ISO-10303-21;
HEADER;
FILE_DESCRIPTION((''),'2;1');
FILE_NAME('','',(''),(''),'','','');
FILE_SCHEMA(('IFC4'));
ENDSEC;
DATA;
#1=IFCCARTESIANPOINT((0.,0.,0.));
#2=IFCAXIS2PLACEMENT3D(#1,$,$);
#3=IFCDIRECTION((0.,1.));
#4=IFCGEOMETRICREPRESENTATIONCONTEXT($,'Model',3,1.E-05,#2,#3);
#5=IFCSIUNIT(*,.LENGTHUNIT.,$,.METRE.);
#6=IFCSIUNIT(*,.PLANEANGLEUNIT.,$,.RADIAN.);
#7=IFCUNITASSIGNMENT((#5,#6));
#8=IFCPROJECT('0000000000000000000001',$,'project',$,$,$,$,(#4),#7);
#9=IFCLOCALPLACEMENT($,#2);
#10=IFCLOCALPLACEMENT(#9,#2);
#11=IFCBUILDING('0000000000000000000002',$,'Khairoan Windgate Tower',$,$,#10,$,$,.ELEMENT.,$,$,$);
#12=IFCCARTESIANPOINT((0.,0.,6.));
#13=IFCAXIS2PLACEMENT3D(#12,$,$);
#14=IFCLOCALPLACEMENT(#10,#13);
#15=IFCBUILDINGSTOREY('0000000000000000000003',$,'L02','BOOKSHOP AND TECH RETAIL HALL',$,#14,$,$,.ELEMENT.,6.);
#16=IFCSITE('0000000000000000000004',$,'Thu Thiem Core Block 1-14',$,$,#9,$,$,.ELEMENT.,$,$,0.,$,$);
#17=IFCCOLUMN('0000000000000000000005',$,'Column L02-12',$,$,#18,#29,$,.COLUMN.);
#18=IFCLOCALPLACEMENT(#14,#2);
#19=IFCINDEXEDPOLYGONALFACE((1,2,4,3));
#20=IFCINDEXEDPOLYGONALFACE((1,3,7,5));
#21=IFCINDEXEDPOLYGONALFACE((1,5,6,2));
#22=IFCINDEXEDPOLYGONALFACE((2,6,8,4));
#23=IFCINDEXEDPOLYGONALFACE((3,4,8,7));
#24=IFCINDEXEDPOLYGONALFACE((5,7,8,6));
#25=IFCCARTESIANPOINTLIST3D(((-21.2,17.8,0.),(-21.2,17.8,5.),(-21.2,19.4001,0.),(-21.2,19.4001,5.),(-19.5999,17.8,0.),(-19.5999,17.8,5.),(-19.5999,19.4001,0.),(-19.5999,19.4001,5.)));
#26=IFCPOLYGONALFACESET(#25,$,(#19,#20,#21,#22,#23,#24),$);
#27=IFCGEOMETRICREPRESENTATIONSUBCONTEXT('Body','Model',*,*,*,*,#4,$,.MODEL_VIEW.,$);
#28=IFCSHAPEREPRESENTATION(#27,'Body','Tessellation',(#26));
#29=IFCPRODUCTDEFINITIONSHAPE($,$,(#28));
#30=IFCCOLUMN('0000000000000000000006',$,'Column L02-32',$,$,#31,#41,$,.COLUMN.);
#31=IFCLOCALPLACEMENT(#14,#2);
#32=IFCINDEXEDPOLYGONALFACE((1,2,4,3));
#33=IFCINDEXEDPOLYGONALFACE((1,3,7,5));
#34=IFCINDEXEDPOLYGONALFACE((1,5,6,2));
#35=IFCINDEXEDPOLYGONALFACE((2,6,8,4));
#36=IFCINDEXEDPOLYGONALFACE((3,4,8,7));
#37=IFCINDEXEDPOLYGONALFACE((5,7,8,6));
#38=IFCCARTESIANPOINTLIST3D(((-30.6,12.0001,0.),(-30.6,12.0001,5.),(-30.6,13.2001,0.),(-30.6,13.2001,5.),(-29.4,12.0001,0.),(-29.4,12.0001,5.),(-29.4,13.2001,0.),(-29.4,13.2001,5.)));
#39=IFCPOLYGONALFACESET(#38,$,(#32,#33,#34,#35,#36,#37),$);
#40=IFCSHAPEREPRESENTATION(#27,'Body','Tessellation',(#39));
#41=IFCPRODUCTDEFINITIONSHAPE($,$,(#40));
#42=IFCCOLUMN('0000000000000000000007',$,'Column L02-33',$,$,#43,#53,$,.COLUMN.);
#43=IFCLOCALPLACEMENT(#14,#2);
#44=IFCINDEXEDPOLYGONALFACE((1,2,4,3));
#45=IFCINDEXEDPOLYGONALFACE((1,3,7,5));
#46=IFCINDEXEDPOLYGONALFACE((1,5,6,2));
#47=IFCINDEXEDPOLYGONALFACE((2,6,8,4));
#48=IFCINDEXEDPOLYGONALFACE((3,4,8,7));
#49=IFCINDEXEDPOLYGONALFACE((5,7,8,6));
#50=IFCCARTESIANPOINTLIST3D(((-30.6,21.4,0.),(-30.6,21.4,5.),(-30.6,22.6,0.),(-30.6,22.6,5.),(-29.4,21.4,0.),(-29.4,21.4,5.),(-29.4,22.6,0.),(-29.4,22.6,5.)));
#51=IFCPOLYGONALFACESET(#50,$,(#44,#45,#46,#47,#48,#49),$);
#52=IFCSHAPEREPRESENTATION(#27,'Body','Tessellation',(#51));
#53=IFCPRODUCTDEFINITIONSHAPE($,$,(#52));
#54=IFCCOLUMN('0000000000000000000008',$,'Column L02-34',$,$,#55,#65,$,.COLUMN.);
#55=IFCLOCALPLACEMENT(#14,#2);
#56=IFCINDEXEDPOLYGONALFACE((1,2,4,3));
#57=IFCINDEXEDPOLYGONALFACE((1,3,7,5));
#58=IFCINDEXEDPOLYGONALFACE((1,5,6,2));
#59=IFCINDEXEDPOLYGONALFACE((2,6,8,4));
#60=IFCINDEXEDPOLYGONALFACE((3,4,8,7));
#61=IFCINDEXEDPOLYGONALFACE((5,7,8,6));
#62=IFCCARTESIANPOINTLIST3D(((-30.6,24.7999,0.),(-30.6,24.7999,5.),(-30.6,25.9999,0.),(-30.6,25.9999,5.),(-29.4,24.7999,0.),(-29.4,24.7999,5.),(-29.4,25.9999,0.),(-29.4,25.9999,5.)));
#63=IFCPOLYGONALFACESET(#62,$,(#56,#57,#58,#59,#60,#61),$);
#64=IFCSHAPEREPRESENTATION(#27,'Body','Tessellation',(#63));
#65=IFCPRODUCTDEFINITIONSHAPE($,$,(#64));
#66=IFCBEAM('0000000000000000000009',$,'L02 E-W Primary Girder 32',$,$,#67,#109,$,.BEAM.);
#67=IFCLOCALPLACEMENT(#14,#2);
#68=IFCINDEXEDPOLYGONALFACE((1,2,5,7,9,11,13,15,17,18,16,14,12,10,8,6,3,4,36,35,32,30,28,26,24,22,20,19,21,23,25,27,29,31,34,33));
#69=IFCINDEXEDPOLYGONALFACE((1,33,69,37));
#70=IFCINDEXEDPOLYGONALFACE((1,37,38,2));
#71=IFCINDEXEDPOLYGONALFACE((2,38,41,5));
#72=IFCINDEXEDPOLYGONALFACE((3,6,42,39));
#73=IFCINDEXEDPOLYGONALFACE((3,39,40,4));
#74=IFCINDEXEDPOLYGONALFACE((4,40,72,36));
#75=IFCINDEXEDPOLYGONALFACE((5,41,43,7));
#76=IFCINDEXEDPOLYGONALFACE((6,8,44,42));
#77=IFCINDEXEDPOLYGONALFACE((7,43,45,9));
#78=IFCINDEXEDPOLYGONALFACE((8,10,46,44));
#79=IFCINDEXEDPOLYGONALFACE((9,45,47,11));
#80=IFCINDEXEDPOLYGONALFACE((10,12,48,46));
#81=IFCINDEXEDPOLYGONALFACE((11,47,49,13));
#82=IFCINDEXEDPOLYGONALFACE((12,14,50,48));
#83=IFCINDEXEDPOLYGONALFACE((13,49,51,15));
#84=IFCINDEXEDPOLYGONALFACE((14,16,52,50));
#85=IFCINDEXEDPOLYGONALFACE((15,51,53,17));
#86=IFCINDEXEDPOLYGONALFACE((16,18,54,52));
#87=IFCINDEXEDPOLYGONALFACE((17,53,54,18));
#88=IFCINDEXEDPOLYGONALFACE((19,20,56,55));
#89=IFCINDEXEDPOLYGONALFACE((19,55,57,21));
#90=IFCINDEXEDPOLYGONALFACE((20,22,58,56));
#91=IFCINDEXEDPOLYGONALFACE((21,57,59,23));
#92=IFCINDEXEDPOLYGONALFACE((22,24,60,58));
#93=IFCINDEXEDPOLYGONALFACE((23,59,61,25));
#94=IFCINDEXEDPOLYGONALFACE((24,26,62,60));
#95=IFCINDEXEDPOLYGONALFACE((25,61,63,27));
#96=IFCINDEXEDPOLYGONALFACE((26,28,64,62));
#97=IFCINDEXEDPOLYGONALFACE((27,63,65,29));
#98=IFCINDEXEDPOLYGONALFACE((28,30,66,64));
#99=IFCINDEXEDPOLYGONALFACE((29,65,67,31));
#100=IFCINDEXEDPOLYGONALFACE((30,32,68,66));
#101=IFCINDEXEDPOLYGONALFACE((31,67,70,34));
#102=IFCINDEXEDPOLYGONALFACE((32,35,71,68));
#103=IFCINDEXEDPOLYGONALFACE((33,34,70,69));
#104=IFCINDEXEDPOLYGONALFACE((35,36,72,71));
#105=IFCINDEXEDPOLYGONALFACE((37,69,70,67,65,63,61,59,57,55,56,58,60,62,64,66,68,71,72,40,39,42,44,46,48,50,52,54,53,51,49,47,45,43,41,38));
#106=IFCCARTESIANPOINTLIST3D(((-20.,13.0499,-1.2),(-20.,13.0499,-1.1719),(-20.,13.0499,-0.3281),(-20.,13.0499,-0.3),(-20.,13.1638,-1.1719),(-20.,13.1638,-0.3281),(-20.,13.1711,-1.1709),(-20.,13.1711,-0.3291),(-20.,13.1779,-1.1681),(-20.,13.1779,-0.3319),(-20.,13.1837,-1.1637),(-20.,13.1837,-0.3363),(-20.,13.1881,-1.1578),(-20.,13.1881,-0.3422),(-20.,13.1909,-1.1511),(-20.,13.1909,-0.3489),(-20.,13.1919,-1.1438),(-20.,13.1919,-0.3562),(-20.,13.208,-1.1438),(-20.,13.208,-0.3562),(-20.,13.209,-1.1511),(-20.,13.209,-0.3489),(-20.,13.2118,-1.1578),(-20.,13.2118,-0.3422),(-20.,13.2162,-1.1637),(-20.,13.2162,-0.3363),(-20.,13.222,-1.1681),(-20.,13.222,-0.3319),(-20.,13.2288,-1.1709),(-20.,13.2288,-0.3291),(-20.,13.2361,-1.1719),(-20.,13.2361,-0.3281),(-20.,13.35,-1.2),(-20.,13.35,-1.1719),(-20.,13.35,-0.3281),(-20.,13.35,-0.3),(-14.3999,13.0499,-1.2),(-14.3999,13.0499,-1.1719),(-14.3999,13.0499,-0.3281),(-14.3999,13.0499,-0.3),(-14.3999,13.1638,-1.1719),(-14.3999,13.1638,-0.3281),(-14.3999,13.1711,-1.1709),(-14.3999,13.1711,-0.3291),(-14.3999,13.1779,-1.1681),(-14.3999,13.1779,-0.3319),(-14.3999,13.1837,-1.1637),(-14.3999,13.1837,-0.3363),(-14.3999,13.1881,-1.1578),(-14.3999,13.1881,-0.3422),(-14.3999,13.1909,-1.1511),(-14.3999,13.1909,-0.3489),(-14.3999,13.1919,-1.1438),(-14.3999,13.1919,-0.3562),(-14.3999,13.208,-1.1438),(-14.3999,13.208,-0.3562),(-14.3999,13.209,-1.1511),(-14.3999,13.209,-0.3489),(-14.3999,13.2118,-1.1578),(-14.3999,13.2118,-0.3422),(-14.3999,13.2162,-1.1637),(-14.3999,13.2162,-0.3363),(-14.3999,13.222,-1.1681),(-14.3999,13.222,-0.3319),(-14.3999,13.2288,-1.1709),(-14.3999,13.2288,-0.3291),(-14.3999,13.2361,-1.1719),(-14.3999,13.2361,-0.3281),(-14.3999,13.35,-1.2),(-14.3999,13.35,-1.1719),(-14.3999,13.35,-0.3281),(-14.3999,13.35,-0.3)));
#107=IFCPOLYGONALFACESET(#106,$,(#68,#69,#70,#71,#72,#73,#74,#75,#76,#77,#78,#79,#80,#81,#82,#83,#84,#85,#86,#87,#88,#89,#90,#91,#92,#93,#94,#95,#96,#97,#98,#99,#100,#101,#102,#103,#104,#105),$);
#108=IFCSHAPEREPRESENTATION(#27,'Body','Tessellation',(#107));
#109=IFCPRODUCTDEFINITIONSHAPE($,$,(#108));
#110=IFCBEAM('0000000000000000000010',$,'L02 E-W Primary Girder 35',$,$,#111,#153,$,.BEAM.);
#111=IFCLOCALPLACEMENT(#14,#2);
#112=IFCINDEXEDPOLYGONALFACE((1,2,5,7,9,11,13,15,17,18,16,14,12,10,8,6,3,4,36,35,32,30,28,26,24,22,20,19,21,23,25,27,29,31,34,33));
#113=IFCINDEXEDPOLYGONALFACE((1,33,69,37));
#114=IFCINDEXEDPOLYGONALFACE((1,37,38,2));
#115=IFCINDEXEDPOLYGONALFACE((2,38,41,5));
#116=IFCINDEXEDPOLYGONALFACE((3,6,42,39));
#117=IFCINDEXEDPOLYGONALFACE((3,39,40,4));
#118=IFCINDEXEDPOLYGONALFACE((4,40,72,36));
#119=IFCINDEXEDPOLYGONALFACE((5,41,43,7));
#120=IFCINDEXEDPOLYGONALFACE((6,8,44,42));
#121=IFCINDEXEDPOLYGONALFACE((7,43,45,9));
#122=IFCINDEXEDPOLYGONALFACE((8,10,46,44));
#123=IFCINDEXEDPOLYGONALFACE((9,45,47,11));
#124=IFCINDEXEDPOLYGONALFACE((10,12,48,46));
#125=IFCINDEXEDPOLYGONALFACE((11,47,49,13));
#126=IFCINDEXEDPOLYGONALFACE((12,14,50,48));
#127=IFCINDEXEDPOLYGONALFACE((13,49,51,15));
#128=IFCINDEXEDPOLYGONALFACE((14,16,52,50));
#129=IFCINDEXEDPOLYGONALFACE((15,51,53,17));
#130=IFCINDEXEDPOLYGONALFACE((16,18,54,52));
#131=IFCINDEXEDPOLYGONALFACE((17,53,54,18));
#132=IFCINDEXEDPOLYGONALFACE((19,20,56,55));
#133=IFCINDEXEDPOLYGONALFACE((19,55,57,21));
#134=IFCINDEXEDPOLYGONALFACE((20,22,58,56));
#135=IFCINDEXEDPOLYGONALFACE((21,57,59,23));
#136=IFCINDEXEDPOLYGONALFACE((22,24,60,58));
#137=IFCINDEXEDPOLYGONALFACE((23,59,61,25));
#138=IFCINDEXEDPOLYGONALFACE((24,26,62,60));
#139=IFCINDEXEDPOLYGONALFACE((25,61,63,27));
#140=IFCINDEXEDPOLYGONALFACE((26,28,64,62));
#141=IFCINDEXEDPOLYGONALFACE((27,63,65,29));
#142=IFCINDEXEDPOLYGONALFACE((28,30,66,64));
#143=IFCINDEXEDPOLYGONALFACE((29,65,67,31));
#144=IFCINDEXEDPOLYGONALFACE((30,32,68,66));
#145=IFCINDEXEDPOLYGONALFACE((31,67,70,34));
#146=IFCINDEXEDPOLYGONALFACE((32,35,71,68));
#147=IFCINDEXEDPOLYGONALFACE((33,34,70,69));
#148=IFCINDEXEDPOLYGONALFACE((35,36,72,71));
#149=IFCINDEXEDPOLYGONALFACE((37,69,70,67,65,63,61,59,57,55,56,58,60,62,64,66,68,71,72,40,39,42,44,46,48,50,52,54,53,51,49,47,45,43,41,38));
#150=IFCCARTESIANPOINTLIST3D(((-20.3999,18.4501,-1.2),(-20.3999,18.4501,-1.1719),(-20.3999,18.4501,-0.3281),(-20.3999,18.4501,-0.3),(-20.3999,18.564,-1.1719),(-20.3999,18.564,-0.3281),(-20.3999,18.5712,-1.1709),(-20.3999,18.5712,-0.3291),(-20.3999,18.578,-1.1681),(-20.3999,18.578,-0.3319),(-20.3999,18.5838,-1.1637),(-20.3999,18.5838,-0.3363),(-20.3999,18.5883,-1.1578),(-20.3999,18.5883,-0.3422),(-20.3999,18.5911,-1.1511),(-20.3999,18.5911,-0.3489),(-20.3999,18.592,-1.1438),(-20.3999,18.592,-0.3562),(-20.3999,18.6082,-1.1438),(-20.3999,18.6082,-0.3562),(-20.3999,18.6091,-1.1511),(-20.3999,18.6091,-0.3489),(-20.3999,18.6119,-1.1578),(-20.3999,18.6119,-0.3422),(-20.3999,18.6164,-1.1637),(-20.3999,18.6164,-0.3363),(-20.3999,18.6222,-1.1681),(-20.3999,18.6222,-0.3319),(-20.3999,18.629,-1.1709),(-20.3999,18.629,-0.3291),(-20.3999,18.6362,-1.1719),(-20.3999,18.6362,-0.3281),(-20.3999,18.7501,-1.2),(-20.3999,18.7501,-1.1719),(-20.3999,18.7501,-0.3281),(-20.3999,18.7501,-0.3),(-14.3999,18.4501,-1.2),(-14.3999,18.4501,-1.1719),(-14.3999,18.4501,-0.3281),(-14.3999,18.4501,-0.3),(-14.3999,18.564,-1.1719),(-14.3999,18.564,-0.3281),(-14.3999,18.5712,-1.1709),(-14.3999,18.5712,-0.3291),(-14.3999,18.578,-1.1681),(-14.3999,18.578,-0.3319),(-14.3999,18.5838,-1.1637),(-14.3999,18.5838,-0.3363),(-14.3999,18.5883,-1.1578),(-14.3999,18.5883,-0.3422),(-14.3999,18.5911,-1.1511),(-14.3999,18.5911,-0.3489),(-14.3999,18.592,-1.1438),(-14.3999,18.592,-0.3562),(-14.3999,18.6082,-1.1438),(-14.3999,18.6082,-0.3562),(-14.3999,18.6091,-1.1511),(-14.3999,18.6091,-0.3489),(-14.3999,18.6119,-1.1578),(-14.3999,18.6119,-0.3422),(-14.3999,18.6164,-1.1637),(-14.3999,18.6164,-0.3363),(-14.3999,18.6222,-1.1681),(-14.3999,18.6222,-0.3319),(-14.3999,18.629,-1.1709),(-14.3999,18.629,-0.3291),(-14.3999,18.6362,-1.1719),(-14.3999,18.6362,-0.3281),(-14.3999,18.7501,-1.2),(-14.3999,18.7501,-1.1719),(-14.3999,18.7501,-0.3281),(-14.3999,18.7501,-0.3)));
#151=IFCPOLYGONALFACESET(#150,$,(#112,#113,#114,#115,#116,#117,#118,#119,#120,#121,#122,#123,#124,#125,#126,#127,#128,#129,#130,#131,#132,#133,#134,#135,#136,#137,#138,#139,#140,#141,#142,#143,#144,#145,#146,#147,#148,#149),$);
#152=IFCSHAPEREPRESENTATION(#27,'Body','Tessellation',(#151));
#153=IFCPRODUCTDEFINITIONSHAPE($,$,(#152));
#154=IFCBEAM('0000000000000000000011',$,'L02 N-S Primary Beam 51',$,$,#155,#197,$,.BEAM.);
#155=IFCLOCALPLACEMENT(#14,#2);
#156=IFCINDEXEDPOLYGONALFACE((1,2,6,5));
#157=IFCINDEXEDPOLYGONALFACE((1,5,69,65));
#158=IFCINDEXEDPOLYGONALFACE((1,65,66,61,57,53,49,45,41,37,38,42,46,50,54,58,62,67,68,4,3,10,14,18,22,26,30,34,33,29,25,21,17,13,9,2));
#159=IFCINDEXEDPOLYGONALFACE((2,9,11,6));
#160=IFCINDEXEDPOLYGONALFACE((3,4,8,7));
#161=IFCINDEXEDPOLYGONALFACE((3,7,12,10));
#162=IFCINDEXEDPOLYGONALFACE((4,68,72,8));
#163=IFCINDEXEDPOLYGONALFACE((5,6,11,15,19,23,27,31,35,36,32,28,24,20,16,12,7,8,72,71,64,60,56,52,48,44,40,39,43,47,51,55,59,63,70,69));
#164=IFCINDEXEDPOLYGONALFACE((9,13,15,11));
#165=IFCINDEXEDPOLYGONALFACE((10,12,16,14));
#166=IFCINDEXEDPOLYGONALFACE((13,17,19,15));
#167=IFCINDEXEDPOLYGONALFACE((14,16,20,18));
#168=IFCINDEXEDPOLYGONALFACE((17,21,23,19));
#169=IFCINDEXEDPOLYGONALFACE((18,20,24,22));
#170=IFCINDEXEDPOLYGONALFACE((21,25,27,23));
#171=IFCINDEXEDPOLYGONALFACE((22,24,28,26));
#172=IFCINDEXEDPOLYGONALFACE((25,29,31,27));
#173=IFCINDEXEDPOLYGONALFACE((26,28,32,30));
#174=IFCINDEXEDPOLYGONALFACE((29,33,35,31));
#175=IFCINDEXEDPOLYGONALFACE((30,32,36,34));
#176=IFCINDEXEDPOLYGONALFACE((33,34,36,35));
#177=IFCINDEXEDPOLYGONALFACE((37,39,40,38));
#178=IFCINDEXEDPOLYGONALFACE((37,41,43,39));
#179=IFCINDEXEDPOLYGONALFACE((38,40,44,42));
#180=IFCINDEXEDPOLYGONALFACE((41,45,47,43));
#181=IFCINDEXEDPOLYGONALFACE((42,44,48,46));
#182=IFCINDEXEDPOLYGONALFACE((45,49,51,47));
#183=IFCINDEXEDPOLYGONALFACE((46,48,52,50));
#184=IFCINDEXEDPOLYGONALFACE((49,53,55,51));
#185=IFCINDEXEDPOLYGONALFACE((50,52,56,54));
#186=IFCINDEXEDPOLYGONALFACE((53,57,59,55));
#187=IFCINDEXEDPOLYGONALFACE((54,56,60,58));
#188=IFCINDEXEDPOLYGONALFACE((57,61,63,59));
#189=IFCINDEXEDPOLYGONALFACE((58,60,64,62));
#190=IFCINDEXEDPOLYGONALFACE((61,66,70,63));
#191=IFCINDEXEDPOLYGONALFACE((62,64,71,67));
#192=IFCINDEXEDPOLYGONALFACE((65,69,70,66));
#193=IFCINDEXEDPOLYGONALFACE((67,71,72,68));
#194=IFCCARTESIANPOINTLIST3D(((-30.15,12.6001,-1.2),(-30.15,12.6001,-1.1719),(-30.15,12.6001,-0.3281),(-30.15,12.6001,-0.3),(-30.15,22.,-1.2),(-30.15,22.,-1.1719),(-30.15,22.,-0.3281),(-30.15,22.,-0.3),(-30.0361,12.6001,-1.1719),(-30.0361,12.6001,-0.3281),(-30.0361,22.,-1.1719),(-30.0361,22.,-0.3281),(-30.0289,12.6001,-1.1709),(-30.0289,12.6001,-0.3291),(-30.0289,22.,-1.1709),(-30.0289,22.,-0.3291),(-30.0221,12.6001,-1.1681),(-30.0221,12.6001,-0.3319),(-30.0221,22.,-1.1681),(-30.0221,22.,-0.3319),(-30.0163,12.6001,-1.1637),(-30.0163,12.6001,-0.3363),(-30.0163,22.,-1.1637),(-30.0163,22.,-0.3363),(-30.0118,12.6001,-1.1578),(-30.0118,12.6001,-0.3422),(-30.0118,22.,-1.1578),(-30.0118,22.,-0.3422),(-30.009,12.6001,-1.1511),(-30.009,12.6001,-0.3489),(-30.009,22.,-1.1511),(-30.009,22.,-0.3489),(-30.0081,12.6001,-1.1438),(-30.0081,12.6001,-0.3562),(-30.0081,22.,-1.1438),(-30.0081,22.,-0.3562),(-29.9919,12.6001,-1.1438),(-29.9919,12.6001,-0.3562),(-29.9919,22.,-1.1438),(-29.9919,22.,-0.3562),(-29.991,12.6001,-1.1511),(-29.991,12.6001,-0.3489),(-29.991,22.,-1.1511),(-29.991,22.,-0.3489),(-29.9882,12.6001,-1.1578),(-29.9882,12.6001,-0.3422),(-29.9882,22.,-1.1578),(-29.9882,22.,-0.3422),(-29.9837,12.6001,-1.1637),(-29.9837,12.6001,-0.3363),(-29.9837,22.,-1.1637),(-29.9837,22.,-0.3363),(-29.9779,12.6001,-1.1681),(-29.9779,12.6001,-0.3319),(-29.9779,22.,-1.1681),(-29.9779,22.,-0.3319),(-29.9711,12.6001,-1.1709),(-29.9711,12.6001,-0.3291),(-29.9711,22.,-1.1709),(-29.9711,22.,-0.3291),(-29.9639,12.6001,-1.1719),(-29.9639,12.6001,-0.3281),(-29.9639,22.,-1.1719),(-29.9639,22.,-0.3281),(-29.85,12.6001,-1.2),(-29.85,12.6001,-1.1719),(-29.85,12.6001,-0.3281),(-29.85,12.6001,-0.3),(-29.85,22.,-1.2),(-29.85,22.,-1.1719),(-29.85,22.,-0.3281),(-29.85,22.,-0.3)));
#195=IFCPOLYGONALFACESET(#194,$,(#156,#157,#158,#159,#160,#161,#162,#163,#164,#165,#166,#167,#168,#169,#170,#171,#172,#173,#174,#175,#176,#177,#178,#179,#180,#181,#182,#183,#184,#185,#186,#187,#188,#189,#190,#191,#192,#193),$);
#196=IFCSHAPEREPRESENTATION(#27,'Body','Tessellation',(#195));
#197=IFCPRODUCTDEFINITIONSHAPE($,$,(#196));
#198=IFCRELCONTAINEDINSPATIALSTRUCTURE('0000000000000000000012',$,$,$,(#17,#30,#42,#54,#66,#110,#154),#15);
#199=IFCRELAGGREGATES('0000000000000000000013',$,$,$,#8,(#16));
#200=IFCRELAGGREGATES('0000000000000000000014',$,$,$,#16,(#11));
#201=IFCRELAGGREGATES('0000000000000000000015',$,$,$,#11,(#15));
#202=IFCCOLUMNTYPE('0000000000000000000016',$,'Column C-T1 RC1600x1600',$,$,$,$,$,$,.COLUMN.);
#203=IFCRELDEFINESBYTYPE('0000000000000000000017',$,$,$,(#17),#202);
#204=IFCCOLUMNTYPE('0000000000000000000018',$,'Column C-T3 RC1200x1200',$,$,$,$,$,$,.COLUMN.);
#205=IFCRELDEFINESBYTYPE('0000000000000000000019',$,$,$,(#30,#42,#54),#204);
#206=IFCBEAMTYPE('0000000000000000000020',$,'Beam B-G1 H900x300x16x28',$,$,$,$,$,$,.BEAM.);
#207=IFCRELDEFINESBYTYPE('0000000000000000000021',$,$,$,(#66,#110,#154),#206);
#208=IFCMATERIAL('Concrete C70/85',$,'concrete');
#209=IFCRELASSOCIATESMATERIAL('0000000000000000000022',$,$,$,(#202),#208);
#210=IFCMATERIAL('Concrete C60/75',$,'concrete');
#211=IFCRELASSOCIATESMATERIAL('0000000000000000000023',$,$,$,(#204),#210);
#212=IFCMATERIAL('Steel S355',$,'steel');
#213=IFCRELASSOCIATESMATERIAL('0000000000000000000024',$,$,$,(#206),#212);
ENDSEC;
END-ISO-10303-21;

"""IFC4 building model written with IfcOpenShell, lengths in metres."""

from ifc_helpers import new_model, si_unit, direction, frame, origin, origin_2d, place, context, subcontext, project, spatial, rectangle, i_section, extrude, material, material_profile, profile_set, type_object, element, save


model = new_model("IFC4")

# Units and contexts
model_context = context("Model", 3, precision=1e-05, world=origin(), true_north=direction((0.0, 1.0)))
body_context = subcontext(model_context, "Body", "Model", "MODEL_VIEW")
ifc_project = project(units=[si_unit("LENGTHUNIT", "METRE"), si_unit("PLANEANGLEUNIT", "RADIAN")], contexts=[model_context])

# Site, building, storey
site_placement = place(None, origin())
site = spatial("IfcSite", under=ifc_project, at=site_placement, Name="Thu Thiem Core Block 1-14", CompositionType="ELEMENT", RefElevation=0.0)
building_placement = place(site_placement, origin())
building = spatial("IfcBuilding", under=site, at=building_placement, Name="Khairoan Windgate Tower", CompositionType="ELEMENT")
storey_placement = place(building_placement, frame((0.0, 0.0, 6.0)))
storey = spatial("IfcBuildingStorey", under=building, at=storey_placement, Name="L02", Description="BOOKSHOP AND TECH RETAIL HALL", CompositionType="ELEMENT", Elevation=6.0)

# Columns
ifc_material_1 = material(Name="Concrete C70/85", Category="concrete")
ifc_material_profile_1 = material_profile(ifc_material_1, rectangle(XDim=1.6001, YDim=1.6001, at=origin_2d()))
ifc_profile_set_1 = profile_set([ifc_material_profile_1], Name="Concrete C70/85")
column_type_1 = type_object("IfcColumnType", Name="Column C-T1 RC1600x1600", PredefinedType="COLUMN", material=ifc_profile_set_1)
column_placement = place(storey_placement, frame((-20.3999, 18.6001, 0.0), z_axis=(0.0, 0.0, 1.0), x_axis=(1.0, 0.0, 0.0)))
element("IfcColumn", 1, at=column_placement, inside=storey, type_object=column_type_1, Name="Column L02-12", PredefinedType="COLUMN", context=body_context, shape_type="SweptSolid", body=[
    extrude(rectangle(XDim=1.6001, YDim=1.6001, at=origin_2d()), origin(), (0.0, 0.0, 1.0), 5.0),
])
ifc_material_2 = material(Name="Concrete C60/75", Category="concrete")
ifc_material_profile_2 = material_profile(ifc_material_2, rectangle(XDim=1.2, YDim=1.2, at=origin_2d()))
ifc_profile_set_2 = profile_set([ifc_material_profile_2], Name="Concrete C60/75")
column_type_2 = type_object("IfcColumnType", Name="Column C-T3 RC1200x1200", PredefinedType="COLUMN", material=ifc_profile_set_2)
for number, where, z_axis, x_axis, name in (
    (2, (-30.0, 12.6001, 0.0), (0.0, 0.0, 1.0), (1.0, 0.0, 0.0), "Column L02-32"),
    (3, (-30.0, 22.0, 0.0), (0.0, 0.0, 1.0), (1.0, 0.0, 0.0), "Column L02-33"),
    (4, (-30.0, 25.3999, 0.0), (0.0, 0.0, 1.0), (1.0, 0.0, 0.0), "Column L02-34"),
):
    element("IfcColumn", number, at=place(storey_placement, frame(where, z_axis=z_axis, x_axis=x_axis)), inside=storey, type_object=column_type_2, Name=name, PredefinedType="COLUMN", context=body_context, shape_type="SweptSolid", body=[
        extrude(rectangle(XDim=1.2, YDim=1.2, at=origin_2d()), origin(), (0.0, 0.0, 1.0), 5.0),
    ])

# Beams
ifc_material_3 = material(Name="Steel S355", Category="steel")
ifc_material_profile_3 = material_profile(ifc_material_3, i_section(OverallWidth=0.3, OverallDepth=0.8999, WebThickness=0.0161, FlangeThickness=0.0281, FilletRadius=0.0281, at=origin_2d()))
ifc_profile_set_3 = profile_set([ifc_material_profile_3], Name="Steel S355")
beam_type_1 = type_object("IfcBeamType", Name="Beam B-G1 H900x300x16x28", PredefinedType="BEAM", material=ifc_profile_set_3)
beam_1_placement = place(storey_placement, frame((-20.0, 13.2, -0.75), z_axis=(1.0, 0.0, 0.0), x_axis=(0.0, 1.0, 0.0)))
element("IfcBeam", 5, at=beam_1_placement, inside=storey, type_object=beam_type_1, Name="L02 E-W Primary Girder 32", PredefinedType="BEAM", context=body_context, shape_type="SweptSolid", body=[
    extrude(i_section(OverallWidth=0.3, OverallDepth=0.8999, WebThickness=0.0161, FlangeThickness=0.0281, FilletRadius=0.0281, at=origin_2d()), origin(), (0.0, 0.0, 1.0), 5.6001),
])
beam_2_placement = place(storey_placement, frame((-20.3999, 18.6001, -0.75), z_axis=(1.0, 0.0, 0.0), x_axis=(0.0, 1.0, 0.0)))
element("IfcBeam", 6, at=beam_2_placement, inside=storey, type_object=beam_type_1, Name="L02 E-W Primary Girder 35", PredefinedType="BEAM", context=body_context, shape_type="SweptSolid", body=[
    extrude(i_section(OverallWidth=0.3, OverallDepth=0.8999, WebThickness=0.0161, FlangeThickness=0.0281, FilletRadius=0.0281, at=origin_2d()), origin(), (0.0, 0.0, 1.0), 6.0),
])
beam_3_placement = place(storey_placement, frame((-30.0, 12.6001, -0.75), z_axis=(0.0, 1.0, 0.0), x_axis=(-1.0, 0.0, 0.0)))
element("IfcBeam", 7, at=beam_3_placement, inside=storey, type_object=beam_type_1, Name="L02 N-S Primary Beam 51", PredefinedType="BEAM", context=body_context, shape_type="SweptSolid", body=[
    extrude(i_section(OverallWidth=0.3, OverallDepth=0.8999, WebThickness=0.0161, FlangeThickness=0.0281, FilletRadius=0.0281, at=origin_2d()), origin(), (0.0, 0.0, 1.0), 9.3999),
])

save(model, "model.ifc")
